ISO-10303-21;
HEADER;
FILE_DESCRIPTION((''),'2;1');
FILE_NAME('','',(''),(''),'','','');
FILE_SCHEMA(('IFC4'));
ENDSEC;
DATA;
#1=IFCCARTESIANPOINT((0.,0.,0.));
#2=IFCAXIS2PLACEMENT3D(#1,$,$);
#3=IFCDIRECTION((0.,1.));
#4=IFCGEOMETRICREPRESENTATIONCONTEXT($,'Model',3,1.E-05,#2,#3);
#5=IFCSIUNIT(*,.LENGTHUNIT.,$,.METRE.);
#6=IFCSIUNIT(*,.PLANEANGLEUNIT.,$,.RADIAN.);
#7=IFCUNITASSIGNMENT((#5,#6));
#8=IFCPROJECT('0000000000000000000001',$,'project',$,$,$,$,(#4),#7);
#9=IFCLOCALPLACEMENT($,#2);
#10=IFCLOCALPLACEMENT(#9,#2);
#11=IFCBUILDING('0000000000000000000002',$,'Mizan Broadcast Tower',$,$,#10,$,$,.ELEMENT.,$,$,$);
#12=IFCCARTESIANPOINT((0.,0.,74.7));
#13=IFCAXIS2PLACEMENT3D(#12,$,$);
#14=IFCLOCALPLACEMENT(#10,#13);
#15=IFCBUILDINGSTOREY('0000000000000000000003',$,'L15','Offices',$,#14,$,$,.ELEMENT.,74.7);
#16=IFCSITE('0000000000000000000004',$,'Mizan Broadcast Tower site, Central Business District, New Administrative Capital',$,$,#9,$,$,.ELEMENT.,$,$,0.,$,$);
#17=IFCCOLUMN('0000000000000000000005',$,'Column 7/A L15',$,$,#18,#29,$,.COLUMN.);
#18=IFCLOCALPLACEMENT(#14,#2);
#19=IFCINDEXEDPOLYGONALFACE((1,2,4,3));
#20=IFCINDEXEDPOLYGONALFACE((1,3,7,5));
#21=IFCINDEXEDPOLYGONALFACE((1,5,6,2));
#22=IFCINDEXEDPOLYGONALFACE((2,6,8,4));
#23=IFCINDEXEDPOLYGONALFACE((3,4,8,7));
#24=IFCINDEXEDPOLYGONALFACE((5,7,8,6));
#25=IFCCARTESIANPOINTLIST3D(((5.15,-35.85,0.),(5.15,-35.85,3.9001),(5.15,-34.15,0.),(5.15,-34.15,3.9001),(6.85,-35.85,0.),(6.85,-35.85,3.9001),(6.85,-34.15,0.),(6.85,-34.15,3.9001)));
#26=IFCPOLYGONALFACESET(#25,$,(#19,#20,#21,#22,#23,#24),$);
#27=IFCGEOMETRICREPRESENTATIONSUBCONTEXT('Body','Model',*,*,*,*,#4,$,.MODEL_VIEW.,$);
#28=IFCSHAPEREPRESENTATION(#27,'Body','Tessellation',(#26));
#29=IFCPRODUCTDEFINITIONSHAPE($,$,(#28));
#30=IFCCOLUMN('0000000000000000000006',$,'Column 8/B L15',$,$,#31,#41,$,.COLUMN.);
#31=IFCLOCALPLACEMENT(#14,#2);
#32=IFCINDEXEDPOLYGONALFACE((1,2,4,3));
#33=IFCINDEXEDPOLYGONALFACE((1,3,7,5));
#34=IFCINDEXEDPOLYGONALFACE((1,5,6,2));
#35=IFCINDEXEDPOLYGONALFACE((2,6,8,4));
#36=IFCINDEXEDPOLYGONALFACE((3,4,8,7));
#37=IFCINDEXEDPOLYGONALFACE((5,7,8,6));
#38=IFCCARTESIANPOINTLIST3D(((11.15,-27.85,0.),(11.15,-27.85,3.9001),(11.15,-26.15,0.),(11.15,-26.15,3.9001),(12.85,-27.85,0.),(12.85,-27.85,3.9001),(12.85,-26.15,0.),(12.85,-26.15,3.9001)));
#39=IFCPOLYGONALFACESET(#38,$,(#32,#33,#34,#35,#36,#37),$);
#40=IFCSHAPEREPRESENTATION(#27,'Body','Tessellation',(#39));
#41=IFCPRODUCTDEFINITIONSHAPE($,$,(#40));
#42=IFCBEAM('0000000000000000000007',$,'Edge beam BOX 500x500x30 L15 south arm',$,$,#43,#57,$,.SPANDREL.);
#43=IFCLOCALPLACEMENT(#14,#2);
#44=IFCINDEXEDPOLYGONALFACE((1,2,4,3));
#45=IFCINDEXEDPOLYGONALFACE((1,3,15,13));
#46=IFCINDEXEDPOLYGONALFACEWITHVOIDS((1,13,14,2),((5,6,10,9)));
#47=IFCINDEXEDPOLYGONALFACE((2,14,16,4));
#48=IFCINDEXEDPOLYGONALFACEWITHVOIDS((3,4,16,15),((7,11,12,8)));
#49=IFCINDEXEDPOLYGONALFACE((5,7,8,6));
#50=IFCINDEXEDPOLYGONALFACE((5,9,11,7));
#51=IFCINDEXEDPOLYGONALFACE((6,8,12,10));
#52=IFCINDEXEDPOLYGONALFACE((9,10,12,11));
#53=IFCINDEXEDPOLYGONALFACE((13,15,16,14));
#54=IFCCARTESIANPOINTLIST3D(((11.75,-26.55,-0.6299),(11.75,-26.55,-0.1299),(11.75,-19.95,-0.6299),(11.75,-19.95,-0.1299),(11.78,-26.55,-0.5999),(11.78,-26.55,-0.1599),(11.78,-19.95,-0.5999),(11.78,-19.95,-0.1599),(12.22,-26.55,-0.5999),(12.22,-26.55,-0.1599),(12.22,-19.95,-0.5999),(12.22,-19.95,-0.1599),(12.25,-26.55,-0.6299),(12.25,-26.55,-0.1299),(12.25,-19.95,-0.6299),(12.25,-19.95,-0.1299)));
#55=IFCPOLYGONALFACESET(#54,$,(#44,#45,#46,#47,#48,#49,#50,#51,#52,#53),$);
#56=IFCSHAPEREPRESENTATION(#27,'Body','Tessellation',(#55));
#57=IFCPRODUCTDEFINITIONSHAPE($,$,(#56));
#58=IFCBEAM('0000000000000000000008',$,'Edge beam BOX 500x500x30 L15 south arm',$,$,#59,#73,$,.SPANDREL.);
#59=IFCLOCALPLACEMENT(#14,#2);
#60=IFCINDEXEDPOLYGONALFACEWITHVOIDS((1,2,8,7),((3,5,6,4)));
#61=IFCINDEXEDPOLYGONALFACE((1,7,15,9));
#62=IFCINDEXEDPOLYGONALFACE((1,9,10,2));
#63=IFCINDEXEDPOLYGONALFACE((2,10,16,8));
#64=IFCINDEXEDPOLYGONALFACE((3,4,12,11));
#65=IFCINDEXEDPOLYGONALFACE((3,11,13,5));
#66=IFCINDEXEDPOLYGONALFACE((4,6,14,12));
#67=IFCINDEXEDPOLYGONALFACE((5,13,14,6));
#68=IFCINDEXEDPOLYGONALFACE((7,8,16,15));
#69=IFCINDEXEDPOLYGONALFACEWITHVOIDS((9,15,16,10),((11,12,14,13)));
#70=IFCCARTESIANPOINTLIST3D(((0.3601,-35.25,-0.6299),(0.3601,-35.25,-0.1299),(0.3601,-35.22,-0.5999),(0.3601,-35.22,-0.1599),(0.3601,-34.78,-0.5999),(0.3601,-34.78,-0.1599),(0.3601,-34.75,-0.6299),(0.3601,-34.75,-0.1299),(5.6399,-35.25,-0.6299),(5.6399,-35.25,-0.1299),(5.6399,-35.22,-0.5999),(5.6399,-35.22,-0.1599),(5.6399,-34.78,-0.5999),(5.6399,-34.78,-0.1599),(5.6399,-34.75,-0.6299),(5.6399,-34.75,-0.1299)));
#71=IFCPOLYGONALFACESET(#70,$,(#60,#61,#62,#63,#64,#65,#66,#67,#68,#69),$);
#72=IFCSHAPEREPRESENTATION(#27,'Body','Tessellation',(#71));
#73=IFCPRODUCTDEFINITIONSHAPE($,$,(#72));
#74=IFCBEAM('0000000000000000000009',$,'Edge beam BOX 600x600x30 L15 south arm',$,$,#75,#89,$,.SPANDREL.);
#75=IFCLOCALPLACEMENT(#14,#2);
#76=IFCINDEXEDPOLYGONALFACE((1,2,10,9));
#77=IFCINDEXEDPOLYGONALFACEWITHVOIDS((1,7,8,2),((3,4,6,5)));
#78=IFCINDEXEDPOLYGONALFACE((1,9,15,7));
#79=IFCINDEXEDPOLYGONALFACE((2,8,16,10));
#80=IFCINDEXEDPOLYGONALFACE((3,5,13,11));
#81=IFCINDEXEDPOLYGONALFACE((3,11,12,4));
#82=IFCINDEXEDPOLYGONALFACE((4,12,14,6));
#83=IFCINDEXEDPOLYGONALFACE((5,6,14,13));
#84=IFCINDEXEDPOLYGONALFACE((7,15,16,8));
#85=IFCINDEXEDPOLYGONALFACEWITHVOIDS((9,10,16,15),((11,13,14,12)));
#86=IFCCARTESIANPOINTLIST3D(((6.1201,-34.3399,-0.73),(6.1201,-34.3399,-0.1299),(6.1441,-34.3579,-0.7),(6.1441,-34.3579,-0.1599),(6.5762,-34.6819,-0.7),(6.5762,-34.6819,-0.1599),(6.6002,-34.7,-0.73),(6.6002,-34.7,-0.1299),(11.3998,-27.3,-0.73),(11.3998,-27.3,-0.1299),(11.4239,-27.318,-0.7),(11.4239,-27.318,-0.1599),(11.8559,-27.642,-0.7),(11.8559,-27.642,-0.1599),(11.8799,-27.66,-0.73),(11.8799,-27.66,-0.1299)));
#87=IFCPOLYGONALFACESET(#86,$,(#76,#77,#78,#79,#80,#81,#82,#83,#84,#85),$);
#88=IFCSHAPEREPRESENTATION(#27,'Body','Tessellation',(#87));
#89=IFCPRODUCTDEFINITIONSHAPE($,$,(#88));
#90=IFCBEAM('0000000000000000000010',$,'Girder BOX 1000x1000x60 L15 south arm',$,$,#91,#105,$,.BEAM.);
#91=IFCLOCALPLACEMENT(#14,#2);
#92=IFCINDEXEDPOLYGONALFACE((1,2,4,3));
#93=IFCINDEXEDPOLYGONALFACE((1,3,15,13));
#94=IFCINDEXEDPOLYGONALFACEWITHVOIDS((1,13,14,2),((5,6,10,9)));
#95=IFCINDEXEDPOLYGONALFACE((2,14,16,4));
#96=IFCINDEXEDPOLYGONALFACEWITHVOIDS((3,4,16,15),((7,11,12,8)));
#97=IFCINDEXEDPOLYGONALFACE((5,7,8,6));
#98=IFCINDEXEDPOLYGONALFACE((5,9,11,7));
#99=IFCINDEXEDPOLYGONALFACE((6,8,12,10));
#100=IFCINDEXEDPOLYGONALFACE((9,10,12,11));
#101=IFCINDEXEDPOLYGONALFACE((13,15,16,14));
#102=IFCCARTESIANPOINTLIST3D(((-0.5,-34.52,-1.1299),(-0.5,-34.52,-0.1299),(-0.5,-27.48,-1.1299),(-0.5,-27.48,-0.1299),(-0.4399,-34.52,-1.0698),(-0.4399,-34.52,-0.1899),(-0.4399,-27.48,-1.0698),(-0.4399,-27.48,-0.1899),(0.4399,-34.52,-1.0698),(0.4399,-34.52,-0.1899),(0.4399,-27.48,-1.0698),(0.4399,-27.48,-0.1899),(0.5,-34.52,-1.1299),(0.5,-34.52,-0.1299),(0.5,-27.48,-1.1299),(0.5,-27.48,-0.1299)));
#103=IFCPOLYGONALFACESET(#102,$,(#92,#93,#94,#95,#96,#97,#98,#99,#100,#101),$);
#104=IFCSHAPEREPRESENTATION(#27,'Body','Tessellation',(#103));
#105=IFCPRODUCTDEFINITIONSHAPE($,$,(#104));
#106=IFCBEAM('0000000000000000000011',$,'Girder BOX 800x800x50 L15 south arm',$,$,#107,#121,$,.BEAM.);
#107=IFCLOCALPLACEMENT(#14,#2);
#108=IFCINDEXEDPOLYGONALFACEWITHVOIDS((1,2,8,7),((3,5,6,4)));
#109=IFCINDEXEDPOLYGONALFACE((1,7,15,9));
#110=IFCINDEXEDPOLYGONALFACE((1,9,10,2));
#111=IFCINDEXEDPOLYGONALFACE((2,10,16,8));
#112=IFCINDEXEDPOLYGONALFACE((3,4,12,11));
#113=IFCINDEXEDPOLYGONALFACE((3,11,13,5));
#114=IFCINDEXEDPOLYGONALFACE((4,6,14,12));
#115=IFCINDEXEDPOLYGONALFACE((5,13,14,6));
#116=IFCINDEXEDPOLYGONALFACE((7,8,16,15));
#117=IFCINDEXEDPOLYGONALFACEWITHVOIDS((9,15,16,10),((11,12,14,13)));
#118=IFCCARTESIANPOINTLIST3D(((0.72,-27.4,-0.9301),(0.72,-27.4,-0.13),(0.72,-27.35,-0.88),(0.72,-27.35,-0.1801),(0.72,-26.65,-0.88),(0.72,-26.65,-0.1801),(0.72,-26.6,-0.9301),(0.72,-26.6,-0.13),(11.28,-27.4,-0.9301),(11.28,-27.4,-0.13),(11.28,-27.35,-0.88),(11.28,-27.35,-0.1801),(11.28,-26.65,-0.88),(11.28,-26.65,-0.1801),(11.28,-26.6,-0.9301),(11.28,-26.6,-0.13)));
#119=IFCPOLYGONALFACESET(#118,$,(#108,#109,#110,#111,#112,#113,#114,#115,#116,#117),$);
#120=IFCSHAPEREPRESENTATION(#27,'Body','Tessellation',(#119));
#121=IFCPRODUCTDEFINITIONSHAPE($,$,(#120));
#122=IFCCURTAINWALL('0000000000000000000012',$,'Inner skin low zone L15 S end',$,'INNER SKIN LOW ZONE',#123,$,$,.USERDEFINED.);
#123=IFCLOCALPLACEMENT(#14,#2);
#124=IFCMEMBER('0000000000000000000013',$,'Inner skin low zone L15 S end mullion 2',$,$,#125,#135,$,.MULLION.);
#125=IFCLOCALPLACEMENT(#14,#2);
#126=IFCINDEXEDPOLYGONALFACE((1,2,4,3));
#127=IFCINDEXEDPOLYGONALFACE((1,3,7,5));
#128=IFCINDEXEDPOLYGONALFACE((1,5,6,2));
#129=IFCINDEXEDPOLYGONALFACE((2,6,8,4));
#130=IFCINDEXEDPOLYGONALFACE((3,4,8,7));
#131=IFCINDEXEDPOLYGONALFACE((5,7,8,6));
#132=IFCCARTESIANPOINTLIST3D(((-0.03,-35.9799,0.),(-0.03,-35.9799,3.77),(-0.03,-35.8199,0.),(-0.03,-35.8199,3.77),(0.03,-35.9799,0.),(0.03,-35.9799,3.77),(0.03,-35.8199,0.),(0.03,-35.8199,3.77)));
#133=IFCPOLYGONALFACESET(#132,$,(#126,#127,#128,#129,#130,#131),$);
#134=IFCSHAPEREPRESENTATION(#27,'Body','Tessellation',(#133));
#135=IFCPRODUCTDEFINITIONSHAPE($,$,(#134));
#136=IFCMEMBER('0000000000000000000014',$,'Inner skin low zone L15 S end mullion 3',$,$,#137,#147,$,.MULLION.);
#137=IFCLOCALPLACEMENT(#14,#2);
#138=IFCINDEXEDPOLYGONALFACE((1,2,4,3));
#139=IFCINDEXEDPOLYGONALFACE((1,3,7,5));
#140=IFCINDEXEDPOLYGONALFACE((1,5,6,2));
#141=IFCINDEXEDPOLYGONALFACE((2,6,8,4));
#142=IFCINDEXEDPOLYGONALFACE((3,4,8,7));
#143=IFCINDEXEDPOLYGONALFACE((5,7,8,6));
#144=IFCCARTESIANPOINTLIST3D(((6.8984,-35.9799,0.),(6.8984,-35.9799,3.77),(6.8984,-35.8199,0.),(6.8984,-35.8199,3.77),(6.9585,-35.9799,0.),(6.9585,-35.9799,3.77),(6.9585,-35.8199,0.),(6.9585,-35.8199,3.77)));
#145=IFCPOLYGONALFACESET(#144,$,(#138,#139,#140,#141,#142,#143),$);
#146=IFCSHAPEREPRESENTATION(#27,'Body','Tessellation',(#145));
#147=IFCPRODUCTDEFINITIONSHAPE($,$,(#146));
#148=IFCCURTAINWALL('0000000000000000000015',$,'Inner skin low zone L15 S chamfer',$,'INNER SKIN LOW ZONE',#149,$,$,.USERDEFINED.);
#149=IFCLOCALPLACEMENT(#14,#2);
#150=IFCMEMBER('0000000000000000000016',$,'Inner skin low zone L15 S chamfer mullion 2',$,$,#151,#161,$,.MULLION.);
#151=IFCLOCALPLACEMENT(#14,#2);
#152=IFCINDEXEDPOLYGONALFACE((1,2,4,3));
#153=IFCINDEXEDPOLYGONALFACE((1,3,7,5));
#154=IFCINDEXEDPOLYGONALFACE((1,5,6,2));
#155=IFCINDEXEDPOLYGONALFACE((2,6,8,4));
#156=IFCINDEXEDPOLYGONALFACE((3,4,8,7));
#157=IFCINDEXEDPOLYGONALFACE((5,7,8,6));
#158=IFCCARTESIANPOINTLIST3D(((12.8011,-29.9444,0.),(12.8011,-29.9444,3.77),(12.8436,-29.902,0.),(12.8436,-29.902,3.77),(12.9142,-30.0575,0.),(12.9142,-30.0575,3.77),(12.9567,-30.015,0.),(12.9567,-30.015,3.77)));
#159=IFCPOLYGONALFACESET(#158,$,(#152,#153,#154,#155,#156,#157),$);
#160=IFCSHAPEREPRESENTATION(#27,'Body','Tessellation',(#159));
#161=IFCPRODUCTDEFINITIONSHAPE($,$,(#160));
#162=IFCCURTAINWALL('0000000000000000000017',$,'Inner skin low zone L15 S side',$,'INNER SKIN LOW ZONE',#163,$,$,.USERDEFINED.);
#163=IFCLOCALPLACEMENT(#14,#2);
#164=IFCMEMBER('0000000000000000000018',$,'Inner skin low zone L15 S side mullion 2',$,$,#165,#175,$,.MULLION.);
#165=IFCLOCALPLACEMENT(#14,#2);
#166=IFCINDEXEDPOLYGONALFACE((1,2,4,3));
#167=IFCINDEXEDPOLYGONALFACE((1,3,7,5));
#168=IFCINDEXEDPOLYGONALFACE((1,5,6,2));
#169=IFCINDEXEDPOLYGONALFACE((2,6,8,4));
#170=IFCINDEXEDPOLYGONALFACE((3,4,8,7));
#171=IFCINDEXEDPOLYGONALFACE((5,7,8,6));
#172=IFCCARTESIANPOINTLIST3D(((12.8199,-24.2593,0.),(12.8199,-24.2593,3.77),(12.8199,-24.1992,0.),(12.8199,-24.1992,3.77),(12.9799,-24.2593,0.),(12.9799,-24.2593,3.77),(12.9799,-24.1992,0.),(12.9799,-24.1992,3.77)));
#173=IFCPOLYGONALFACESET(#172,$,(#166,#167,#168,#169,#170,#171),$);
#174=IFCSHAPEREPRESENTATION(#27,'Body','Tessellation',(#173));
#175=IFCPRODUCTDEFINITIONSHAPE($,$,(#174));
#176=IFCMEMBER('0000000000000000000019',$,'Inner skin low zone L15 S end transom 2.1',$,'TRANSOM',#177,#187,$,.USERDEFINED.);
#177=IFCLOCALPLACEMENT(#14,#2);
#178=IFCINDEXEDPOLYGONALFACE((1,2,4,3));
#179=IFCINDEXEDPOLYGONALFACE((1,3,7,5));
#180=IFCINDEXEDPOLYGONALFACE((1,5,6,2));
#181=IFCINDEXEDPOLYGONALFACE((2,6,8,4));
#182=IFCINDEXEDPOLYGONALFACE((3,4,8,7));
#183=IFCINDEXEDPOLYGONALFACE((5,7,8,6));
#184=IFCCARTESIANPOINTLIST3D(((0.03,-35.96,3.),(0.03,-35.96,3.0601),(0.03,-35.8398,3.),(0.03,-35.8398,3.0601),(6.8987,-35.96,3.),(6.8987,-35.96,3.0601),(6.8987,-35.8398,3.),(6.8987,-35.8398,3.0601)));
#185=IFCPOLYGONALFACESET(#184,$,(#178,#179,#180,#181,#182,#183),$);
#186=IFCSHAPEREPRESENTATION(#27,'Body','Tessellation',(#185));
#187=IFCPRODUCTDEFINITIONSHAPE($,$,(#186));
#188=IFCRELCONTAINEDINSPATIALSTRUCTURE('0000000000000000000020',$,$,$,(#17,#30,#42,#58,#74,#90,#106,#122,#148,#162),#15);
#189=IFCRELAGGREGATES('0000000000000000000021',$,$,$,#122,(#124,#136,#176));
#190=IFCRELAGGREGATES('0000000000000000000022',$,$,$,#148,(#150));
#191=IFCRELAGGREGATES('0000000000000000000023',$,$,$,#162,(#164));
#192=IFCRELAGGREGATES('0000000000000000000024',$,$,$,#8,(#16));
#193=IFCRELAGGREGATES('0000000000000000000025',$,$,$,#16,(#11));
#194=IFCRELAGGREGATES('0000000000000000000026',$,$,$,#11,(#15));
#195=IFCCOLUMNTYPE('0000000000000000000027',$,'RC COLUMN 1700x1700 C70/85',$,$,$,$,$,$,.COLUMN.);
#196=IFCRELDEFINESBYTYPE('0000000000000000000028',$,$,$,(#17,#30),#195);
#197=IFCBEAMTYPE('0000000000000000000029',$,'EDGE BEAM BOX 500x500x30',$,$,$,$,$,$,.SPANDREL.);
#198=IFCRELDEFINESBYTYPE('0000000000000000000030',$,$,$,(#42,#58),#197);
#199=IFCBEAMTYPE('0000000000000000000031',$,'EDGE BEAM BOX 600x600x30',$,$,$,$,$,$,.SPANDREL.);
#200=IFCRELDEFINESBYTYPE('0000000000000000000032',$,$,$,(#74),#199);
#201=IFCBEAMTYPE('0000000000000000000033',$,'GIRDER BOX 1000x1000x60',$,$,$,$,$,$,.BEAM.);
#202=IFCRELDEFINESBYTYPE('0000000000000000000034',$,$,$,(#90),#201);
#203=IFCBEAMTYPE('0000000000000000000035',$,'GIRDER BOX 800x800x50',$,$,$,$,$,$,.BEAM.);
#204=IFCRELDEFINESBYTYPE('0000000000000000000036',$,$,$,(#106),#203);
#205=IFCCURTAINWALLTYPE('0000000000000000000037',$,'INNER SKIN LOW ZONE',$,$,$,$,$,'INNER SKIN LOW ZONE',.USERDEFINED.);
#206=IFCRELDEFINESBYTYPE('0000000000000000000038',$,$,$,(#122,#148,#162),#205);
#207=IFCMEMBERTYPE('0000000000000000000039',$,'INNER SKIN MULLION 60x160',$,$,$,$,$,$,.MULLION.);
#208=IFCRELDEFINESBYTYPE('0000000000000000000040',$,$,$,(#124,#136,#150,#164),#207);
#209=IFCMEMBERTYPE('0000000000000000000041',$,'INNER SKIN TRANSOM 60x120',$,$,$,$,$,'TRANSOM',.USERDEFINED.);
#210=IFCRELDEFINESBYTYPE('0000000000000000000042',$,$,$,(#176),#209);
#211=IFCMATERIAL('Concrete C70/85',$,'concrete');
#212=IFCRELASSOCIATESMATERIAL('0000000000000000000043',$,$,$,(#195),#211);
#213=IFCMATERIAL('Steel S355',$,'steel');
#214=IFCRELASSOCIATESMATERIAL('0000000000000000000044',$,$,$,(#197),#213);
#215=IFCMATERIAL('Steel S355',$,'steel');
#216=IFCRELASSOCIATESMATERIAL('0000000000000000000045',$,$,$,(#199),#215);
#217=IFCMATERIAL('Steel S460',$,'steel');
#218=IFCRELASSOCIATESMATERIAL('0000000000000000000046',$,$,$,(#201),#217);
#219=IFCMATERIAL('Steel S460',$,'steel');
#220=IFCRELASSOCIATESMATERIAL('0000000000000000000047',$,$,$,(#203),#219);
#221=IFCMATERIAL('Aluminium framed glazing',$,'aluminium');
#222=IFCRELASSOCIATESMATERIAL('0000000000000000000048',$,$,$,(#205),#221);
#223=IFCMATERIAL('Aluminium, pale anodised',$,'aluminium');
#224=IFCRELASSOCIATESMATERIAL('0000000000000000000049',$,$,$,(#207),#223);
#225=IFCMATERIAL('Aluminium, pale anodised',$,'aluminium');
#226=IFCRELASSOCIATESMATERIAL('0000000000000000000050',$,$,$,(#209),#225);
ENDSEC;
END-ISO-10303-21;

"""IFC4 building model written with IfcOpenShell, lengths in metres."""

from ifc_helpers import new_model, si_unit, direction, frame, origin, origin_2d, place, context, subcontext, project, spatial, rectangle, hollow_rectangle, extrude, material, material_profile, profile_set, type_object, element, aggregate, save


model = new_model("IFC4")

# Units and contexts
model_context = context("Model", 3, precision=1e-05, world=origin(), true_north=direction((0.0, 1.0)))
body_context = subcontext(model_context, "Body", "Model", "MODEL_VIEW")
ifc_project = project(units=[si_unit("LENGTHUNIT", "METRE"), si_unit("PLANEANGLEUNIT", "RADIAN")], contexts=[model_context])

# Site, building, storey
site_placement = place(None, origin())
site = spatial("IfcSite", under=ifc_project, at=site_placement, Name="Mizan Broadcast Tower site, Central Business District, New Administrative Capital", CompositionType="ELEMENT", RefElevation=0.0)
building_placement = place(site_placement, origin())
building = spatial("IfcBuilding", under=site, at=building_placement, Name="Mizan Broadcast Tower", CompositionType="ELEMENT")
storey_placement = place(building_placement, frame((0.0, 0.0, 74.7)))
storey = spatial("IfcBuildingStorey", under=building, at=storey_placement, Name="L15", Description="Offices", CompositionType="ELEMENT", Elevation=74.7)

# Columns
ifc_material_1 = material(Name="Concrete C70/85", Category="concrete")
ifc_material_profile_1 = material_profile(ifc_material_1, rectangle(XDim=1.7, YDim=1.7, at=origin_2d()), Name="RC 1700x1700")
ifc_profile_set_1 = profile_set([ifc_material_profile_1], Name="Concrete C70/85")
column_type = type_object("IfcColumnType", Name="RC COLUMN 1700x1700 C70/85", PredefinedType="COLUMN", material=ifc_profile_set_1)
for number, where, z_axis, x_axis, name in (
    (1, (6.0, -35.0, 0.0), (0.0, 0.0, 1.0), (1.0, 0.0, 0.0), "Column 7/A L15"),
    (2, (12.0, -27.0, 0.0), (0.0, 0.0, 1.0), (1.0, 0.0, 0.0), "Column 8/B L15"),
):
    element("IfcColumn", number, at=place(storey_placement, frame(where, z_axis=z_axis, x_axis=x_axis)), inside=storey, type_object=column_type, Name=name, PredefinedType="COLUMN", context=body_context, shape_type="SweptSolid", body=[
        extrude(rectangle(XDim=1.7, YDim=1.7, at=origin_2d()), origin(), (0.0, 0.0, 1.0), 3.9001),
    ])

# Beams
ifc_material_2 = material(Name="Steel S355", Category="steel")
ifc_material_profile_2 = material_profile(ifc_material_2, hollow_rectangle(XDim=0.5, YDim=0.5, WallThickness=0.03, at=origin_2d()), Name="BOX 500x500x30")
ifc_profile_set_2 = profile_set([ifc_material_profile_2], Name="Steel S355")
beam_type_1 = type_object("IfcBeamType", Name="EDGE BEAM BOX 500x500x30", PredefinedType="SPANDREL", material=ifc_profile_set_2)
beam_1_placement = place(storey_placement, frame((12.0, -19.95, -0.3799), z_axis=(0.0, -1.0, 0.0), x_axis=(1.0, 0.0, 0.0)))
element("IfcBeam", 3, at=beam_1_placement, inside=storey, type_object=beam_type_1, Name="Edge beam BOX 500x500x30 L15 south arm", PredefinedType="SPANDREL", context=body_context, shape_type="SweptSolid", body=[
    extrude(hollow_rectangle(XDim=0.5, YDim=0.5, WallThickness=0.03, at=origin_2d()), origin(), (0.0, 0.0, 1.0), 6.6001),
])
beam_2_placement = place(storey_placement, frame((5.6399, -35.0, -0.3799), z_axis=(-1.0, 0.0, 0.0), x_axis=(0.0, -1.0, 0.0)))
element("IfcBeam", 4, at=beam_2_placement, inside=storey, type_object=beam_type_1, Name="Edge beam BOX 500x500x30 L15 south arm", PredefinedType="SPANDREL", context=body_context, shape_type="SweptSolid", body=[
    extrude(hollow_rectangle(XDim=0.5, YDim=0.5, WallThickness=0.03, at=origin_2d()), origin(), (0.0, 0.0, 1.0), 5.2798),
])
ifc_material_3 = material(Name="Steel S355", Category="steel")
ifc_material_profile_3 = material_profile(ifc_material_3, hollow_rectangle(XDim=0.6001, YDim=0.6001, WallThickness=0.03, at=origin_2d()), Name="BOX 600x600x30")
ifc_profile_set_3 = profile_set([ifc_material_profile_3], Name="Steel S355")
beam_type_2 = type_object("IfcBeamType", Name="EDGE BEAM BOX 600x600x30", PredefinedType="SPANDREL", material=ifc_profile_set_3)
beam_3_placement = place(storey_placement, frame((11.6399, -27.48, -0.4299), z_axis=(-0.599982, -0.800013, 0.0), x_axis=(0.800013, -0.599982, 0.0)))
element("IfcBeam", 5, at=beam_3_placement, inside=storey, type_object=beam_type_2, Name="Edge beam BOX 600x600x30 L15 south arm", PredefinedType="SPANDREL", context=body_context, shape_type="SweptSolid", body=[
    extrude(hollow_rectangle(XDim=0.6001, YDim=0.6001, WallThickness=0.03, at=origin_2d()), origin(), (0.0, 0.0, 1.0), 8.7998),
])
ifc_material_4 = material(Name="Steel S460", Category="steel")
ifc_material_profile_4 = material_profile(ifc_material_4, hollow_rectangle(XDim=1.0, YDim=1.0, WallThickness=0.0601, at=origin_2d()), Name="BOX 1000x1000x60")
ifc_profile_set_4 = profile_set([ifc_material_profile_4], Name="Steel S460")
beam_type_3 = type_object("IfcBeamType", Name="GIRDER BOX 1000x1000x60", PredefinedType="BEAM", material=ifc_profile_set_4)
beam_4_placement = place(storey_placement, frame((0.0, -27.48, -0.6299), z_axis=(0.0, -1.0, 0.0), x_axis=(1.0, 0.0, 0.0)))
element("IfcBeam", 6, at=beam_4_placement, inside=storey, type_object=beam_type_3, Name="Girder BOX 1000x1000x60 L15 south arm", PredefinedType="BEAM", context=body_context, shape_type="SweptSolid", body=[
    extrude(hollow_rectangle(XDim=1.0, YDim=1.0, WallThickness=0.0601, at=origin_2d()), origin(), (0.0, 0.0, 1.0), 7.04),
])
ifc_material_5 = material(Name="Steel S460", Category="steel")
ifc_material_profile_5 = material_profile(ifc_material_5, hollow_rectangle(XDim=0.8, YDim=0.8, WallThickness=0.05, at=origin_2d()), Name="BOX 800x800x50")
ifc_profile_set_5 = profile_set([ifc_material_profile_5], Name="Steel S460")
beam_type_4 = type_object("IfcBeamType", Name="GIRDER BOX 800x800x50", PredefinedType="BEAM", material=ifc_profile_set_5)
beam_5_placement = place(storey_placement, frame((11.28, -27.0, -0.53), z_axis=(-1.0, 0.0, 0.0), x_axis=(0.0, -1.0, 0.0)))
element("IfcBeam", 7, at=beam_5_placement, inside=storey, type_object=beam_type_4, Name="Girder BOX 800x800x50 L15 south arm", PredefinedType="BEAM", context=body_context, shape_type="SweptSolid", body=[
    extrude(hollow_rectangle(XDim=0.8, YDim=0.8, WallThickness=0.05, at=origin_2d()), origin(), (0.0, 0.0, 1.0), 10.5601),
])

# Curtain wall, members
ifc_material_6 = material(Name="Aluminium framed glazing", Category="aluminium")
curtain_wall_type_1 = type_object("IfcCurtainWallType", Name="INNER SKIN LOW ZONE", ElementType="INNER SKIN LOW ZONE", PredefinedType="USERDEFINED", material=ifc_material_6)
curtain_wall_1_placement = place(storey_placement, origin())
curtain_wall_1 = element("IfcCurtainWall", 8, at=curtain_wall_1_placement, inside=storey, type_object=curtain_wall_type_1, Name="Inner skin low zone L15 S end", ObjectType="INNER SKIN LOW ZONE", PredefinedType="USERDEFINED")
ifc_material_7 = material(Name="Aluminium, pale anodised", Category="aluminium")
ifc_material_profile_6 = material_profile(ifc_material_7, rectangle(XDim=0.1599, YDim=0.0601, at=origin_2d()), Name="MULLION 160x60")
ifc_profile_set_6 = profile_set([ifc_material_profile_6], Name="Aluminium, pale anodised")
member_type_1 = type_object("IfcMemberType", Name="INNER SKIN MULLION 60x160", PredefinedType="MULLION", material=ifc_profile_set_6)
member_1_placement = place(storey_placement, frame((0.0, -35.8999, 0.0), z_axis=(0.0, 0.0, 1.0), x_axis=(0.0, 1.0, 0.0)))
member_1 = element("IfcMember", 9, at=member_1_placement, type_object=member_type_1, Name="Inner skin low zone L15 S end mullion 2", PredefinedType="MULLION", context=body_context, shape_type="SweptSolid", body=[
    extrude(rectangle(XDim=0.1599, YDim=0.0601, at=origin_2d()), origin(), (0.0, 0.0, 1.0), 3.77),
])
member_2_placement = place(storey_placement, frame((6.9285, -35.8999, 0.0), z_axis=(0.0, 0.0, 1.0), x_axis=(0.0, 1.0, 0.0)))
member_2 = element("IfcMember", 10, at=member_2_placement, type_object=member_type_1, Name="Inner skin low zone L15 S end mullion 3", PredefinedType="MULLION", context=body_context, shape_type="SweptSolid", body=[
    extrude(rectangle(XDim=0.1599, YDim=0.0601, at=origin_2d()), origin(), (0.0, 0.0, 1.0), 3.77),
])

# Curtain walls, members
curtain_wall_2_placement = place(storey_placement, origin())
curtain_wall_2 = element("IfcCurtainWall", 11, at=curtain_wall_2_placement, inside=storey, type_object=curtain_wall_type_1, Name="Inner skin low zone L15 S chamfer", ObjectType="INNER SKIN LOW ZONE", PredefinedType="USERDEFINED")
member_3_placement = place(storey_placement, frame((12.8789, -29.9797, 0.0), z_axis=(0.0, 0.0, 1.0), x_axis=(-0.707107, 0.707107, 0.0)))
member_3 = element("IfcMember", 12, at=member_3_placement, type_object=member_type_1, Name="Inner skin low zone L15 S chamfer mullion 2", PredefinedType="MULLION", context=body_context, shape_type="SweptSolid", body=[
    extrude(rectangle(XDim=0.1599, YDim=0.0601, at=origin_2d()), origin(), (0.0, 0.0, 1.0), 3.77),
])
curtain_wall_3_placement = place(storey_placement, origin())
curtain_wall_3 = element("IfcCurtainWall", 13, at=curtain_wall_3_placement, inside=storey, type_object=curtain_wall_type_1, Name="Inner skin low zone L15 S side", ObjectType="INNER SKIN LOW ZONE", PredefinedType="USERDEFINED")
member_4_placement = place(storey_placement, frame((12.8999, -24.2292, 0.0), z_axis=(0.0, 0.0, 1.0), x_axis=(-1.0, 0.0, 0.0)))
member_4 = element("IfcMember", 14, at=member_4_placement, type_object=member_type_1, Name="Inner skin low zone L15 S side mullion 2", PredefinedType="MULLION", context=body_context, shape_type="SweptSolid", body=[
    extrude(rectangle(XDim=0.1599, YDim=0.0601, at=origin_2d()), origin(), (0.0, 0.0, 1.0), 3.77),
])

# Member
ifc_material_8 = material(Name="Aluminium, pale anodised", Category="aluminium")
ifc_material_profile_7 = material_profile(ifc_material_8, rectangle(XDim=0.1201, YDim=0.0601, at=origin_2d()), Name="TRANSOM 120x60")
ifc_profile_set_7 = profile_set([ifc_material_profile_7], Name="Aluminium, pale anodised")
member_type_2 = type_object("IfcMemberType", Name="INNER SKIN TRANSOM 60x120", ElementType="TRANSOM", PredefinedType="USERDEFINED", material=ifc_profile_set_7)
member_5_placement = place(storey_placement, frame((0.03, -35.8999, 3.03), z_axis=(1.0, 0.0, 0.0), x_axis=(0.0, 1.0, 0.0)))
member_5 = element("IfcMember", 15, at=member_5_placement, type_object=member_type_2, Name="Inner skin low zone L15 S end transom 2.1", ObjectType="TRANSOM", PredefinedType="USERDEFINED", context=body_context, shape_type="SweptSolid", body=[
    extrude(rectangle(XDim=0.1201, YDim=0.0601, at=origin_2d()), origin(), (0.0, 0.0, 1.0), 6.8687),
])

aggregate(curtain_wall_1, [member_1, member_2, member_5])
aggregate(curtain_wall_2, [member_3])
aggregate(curtain_wall_3, [member_4])

save(model, "model.ifc")
